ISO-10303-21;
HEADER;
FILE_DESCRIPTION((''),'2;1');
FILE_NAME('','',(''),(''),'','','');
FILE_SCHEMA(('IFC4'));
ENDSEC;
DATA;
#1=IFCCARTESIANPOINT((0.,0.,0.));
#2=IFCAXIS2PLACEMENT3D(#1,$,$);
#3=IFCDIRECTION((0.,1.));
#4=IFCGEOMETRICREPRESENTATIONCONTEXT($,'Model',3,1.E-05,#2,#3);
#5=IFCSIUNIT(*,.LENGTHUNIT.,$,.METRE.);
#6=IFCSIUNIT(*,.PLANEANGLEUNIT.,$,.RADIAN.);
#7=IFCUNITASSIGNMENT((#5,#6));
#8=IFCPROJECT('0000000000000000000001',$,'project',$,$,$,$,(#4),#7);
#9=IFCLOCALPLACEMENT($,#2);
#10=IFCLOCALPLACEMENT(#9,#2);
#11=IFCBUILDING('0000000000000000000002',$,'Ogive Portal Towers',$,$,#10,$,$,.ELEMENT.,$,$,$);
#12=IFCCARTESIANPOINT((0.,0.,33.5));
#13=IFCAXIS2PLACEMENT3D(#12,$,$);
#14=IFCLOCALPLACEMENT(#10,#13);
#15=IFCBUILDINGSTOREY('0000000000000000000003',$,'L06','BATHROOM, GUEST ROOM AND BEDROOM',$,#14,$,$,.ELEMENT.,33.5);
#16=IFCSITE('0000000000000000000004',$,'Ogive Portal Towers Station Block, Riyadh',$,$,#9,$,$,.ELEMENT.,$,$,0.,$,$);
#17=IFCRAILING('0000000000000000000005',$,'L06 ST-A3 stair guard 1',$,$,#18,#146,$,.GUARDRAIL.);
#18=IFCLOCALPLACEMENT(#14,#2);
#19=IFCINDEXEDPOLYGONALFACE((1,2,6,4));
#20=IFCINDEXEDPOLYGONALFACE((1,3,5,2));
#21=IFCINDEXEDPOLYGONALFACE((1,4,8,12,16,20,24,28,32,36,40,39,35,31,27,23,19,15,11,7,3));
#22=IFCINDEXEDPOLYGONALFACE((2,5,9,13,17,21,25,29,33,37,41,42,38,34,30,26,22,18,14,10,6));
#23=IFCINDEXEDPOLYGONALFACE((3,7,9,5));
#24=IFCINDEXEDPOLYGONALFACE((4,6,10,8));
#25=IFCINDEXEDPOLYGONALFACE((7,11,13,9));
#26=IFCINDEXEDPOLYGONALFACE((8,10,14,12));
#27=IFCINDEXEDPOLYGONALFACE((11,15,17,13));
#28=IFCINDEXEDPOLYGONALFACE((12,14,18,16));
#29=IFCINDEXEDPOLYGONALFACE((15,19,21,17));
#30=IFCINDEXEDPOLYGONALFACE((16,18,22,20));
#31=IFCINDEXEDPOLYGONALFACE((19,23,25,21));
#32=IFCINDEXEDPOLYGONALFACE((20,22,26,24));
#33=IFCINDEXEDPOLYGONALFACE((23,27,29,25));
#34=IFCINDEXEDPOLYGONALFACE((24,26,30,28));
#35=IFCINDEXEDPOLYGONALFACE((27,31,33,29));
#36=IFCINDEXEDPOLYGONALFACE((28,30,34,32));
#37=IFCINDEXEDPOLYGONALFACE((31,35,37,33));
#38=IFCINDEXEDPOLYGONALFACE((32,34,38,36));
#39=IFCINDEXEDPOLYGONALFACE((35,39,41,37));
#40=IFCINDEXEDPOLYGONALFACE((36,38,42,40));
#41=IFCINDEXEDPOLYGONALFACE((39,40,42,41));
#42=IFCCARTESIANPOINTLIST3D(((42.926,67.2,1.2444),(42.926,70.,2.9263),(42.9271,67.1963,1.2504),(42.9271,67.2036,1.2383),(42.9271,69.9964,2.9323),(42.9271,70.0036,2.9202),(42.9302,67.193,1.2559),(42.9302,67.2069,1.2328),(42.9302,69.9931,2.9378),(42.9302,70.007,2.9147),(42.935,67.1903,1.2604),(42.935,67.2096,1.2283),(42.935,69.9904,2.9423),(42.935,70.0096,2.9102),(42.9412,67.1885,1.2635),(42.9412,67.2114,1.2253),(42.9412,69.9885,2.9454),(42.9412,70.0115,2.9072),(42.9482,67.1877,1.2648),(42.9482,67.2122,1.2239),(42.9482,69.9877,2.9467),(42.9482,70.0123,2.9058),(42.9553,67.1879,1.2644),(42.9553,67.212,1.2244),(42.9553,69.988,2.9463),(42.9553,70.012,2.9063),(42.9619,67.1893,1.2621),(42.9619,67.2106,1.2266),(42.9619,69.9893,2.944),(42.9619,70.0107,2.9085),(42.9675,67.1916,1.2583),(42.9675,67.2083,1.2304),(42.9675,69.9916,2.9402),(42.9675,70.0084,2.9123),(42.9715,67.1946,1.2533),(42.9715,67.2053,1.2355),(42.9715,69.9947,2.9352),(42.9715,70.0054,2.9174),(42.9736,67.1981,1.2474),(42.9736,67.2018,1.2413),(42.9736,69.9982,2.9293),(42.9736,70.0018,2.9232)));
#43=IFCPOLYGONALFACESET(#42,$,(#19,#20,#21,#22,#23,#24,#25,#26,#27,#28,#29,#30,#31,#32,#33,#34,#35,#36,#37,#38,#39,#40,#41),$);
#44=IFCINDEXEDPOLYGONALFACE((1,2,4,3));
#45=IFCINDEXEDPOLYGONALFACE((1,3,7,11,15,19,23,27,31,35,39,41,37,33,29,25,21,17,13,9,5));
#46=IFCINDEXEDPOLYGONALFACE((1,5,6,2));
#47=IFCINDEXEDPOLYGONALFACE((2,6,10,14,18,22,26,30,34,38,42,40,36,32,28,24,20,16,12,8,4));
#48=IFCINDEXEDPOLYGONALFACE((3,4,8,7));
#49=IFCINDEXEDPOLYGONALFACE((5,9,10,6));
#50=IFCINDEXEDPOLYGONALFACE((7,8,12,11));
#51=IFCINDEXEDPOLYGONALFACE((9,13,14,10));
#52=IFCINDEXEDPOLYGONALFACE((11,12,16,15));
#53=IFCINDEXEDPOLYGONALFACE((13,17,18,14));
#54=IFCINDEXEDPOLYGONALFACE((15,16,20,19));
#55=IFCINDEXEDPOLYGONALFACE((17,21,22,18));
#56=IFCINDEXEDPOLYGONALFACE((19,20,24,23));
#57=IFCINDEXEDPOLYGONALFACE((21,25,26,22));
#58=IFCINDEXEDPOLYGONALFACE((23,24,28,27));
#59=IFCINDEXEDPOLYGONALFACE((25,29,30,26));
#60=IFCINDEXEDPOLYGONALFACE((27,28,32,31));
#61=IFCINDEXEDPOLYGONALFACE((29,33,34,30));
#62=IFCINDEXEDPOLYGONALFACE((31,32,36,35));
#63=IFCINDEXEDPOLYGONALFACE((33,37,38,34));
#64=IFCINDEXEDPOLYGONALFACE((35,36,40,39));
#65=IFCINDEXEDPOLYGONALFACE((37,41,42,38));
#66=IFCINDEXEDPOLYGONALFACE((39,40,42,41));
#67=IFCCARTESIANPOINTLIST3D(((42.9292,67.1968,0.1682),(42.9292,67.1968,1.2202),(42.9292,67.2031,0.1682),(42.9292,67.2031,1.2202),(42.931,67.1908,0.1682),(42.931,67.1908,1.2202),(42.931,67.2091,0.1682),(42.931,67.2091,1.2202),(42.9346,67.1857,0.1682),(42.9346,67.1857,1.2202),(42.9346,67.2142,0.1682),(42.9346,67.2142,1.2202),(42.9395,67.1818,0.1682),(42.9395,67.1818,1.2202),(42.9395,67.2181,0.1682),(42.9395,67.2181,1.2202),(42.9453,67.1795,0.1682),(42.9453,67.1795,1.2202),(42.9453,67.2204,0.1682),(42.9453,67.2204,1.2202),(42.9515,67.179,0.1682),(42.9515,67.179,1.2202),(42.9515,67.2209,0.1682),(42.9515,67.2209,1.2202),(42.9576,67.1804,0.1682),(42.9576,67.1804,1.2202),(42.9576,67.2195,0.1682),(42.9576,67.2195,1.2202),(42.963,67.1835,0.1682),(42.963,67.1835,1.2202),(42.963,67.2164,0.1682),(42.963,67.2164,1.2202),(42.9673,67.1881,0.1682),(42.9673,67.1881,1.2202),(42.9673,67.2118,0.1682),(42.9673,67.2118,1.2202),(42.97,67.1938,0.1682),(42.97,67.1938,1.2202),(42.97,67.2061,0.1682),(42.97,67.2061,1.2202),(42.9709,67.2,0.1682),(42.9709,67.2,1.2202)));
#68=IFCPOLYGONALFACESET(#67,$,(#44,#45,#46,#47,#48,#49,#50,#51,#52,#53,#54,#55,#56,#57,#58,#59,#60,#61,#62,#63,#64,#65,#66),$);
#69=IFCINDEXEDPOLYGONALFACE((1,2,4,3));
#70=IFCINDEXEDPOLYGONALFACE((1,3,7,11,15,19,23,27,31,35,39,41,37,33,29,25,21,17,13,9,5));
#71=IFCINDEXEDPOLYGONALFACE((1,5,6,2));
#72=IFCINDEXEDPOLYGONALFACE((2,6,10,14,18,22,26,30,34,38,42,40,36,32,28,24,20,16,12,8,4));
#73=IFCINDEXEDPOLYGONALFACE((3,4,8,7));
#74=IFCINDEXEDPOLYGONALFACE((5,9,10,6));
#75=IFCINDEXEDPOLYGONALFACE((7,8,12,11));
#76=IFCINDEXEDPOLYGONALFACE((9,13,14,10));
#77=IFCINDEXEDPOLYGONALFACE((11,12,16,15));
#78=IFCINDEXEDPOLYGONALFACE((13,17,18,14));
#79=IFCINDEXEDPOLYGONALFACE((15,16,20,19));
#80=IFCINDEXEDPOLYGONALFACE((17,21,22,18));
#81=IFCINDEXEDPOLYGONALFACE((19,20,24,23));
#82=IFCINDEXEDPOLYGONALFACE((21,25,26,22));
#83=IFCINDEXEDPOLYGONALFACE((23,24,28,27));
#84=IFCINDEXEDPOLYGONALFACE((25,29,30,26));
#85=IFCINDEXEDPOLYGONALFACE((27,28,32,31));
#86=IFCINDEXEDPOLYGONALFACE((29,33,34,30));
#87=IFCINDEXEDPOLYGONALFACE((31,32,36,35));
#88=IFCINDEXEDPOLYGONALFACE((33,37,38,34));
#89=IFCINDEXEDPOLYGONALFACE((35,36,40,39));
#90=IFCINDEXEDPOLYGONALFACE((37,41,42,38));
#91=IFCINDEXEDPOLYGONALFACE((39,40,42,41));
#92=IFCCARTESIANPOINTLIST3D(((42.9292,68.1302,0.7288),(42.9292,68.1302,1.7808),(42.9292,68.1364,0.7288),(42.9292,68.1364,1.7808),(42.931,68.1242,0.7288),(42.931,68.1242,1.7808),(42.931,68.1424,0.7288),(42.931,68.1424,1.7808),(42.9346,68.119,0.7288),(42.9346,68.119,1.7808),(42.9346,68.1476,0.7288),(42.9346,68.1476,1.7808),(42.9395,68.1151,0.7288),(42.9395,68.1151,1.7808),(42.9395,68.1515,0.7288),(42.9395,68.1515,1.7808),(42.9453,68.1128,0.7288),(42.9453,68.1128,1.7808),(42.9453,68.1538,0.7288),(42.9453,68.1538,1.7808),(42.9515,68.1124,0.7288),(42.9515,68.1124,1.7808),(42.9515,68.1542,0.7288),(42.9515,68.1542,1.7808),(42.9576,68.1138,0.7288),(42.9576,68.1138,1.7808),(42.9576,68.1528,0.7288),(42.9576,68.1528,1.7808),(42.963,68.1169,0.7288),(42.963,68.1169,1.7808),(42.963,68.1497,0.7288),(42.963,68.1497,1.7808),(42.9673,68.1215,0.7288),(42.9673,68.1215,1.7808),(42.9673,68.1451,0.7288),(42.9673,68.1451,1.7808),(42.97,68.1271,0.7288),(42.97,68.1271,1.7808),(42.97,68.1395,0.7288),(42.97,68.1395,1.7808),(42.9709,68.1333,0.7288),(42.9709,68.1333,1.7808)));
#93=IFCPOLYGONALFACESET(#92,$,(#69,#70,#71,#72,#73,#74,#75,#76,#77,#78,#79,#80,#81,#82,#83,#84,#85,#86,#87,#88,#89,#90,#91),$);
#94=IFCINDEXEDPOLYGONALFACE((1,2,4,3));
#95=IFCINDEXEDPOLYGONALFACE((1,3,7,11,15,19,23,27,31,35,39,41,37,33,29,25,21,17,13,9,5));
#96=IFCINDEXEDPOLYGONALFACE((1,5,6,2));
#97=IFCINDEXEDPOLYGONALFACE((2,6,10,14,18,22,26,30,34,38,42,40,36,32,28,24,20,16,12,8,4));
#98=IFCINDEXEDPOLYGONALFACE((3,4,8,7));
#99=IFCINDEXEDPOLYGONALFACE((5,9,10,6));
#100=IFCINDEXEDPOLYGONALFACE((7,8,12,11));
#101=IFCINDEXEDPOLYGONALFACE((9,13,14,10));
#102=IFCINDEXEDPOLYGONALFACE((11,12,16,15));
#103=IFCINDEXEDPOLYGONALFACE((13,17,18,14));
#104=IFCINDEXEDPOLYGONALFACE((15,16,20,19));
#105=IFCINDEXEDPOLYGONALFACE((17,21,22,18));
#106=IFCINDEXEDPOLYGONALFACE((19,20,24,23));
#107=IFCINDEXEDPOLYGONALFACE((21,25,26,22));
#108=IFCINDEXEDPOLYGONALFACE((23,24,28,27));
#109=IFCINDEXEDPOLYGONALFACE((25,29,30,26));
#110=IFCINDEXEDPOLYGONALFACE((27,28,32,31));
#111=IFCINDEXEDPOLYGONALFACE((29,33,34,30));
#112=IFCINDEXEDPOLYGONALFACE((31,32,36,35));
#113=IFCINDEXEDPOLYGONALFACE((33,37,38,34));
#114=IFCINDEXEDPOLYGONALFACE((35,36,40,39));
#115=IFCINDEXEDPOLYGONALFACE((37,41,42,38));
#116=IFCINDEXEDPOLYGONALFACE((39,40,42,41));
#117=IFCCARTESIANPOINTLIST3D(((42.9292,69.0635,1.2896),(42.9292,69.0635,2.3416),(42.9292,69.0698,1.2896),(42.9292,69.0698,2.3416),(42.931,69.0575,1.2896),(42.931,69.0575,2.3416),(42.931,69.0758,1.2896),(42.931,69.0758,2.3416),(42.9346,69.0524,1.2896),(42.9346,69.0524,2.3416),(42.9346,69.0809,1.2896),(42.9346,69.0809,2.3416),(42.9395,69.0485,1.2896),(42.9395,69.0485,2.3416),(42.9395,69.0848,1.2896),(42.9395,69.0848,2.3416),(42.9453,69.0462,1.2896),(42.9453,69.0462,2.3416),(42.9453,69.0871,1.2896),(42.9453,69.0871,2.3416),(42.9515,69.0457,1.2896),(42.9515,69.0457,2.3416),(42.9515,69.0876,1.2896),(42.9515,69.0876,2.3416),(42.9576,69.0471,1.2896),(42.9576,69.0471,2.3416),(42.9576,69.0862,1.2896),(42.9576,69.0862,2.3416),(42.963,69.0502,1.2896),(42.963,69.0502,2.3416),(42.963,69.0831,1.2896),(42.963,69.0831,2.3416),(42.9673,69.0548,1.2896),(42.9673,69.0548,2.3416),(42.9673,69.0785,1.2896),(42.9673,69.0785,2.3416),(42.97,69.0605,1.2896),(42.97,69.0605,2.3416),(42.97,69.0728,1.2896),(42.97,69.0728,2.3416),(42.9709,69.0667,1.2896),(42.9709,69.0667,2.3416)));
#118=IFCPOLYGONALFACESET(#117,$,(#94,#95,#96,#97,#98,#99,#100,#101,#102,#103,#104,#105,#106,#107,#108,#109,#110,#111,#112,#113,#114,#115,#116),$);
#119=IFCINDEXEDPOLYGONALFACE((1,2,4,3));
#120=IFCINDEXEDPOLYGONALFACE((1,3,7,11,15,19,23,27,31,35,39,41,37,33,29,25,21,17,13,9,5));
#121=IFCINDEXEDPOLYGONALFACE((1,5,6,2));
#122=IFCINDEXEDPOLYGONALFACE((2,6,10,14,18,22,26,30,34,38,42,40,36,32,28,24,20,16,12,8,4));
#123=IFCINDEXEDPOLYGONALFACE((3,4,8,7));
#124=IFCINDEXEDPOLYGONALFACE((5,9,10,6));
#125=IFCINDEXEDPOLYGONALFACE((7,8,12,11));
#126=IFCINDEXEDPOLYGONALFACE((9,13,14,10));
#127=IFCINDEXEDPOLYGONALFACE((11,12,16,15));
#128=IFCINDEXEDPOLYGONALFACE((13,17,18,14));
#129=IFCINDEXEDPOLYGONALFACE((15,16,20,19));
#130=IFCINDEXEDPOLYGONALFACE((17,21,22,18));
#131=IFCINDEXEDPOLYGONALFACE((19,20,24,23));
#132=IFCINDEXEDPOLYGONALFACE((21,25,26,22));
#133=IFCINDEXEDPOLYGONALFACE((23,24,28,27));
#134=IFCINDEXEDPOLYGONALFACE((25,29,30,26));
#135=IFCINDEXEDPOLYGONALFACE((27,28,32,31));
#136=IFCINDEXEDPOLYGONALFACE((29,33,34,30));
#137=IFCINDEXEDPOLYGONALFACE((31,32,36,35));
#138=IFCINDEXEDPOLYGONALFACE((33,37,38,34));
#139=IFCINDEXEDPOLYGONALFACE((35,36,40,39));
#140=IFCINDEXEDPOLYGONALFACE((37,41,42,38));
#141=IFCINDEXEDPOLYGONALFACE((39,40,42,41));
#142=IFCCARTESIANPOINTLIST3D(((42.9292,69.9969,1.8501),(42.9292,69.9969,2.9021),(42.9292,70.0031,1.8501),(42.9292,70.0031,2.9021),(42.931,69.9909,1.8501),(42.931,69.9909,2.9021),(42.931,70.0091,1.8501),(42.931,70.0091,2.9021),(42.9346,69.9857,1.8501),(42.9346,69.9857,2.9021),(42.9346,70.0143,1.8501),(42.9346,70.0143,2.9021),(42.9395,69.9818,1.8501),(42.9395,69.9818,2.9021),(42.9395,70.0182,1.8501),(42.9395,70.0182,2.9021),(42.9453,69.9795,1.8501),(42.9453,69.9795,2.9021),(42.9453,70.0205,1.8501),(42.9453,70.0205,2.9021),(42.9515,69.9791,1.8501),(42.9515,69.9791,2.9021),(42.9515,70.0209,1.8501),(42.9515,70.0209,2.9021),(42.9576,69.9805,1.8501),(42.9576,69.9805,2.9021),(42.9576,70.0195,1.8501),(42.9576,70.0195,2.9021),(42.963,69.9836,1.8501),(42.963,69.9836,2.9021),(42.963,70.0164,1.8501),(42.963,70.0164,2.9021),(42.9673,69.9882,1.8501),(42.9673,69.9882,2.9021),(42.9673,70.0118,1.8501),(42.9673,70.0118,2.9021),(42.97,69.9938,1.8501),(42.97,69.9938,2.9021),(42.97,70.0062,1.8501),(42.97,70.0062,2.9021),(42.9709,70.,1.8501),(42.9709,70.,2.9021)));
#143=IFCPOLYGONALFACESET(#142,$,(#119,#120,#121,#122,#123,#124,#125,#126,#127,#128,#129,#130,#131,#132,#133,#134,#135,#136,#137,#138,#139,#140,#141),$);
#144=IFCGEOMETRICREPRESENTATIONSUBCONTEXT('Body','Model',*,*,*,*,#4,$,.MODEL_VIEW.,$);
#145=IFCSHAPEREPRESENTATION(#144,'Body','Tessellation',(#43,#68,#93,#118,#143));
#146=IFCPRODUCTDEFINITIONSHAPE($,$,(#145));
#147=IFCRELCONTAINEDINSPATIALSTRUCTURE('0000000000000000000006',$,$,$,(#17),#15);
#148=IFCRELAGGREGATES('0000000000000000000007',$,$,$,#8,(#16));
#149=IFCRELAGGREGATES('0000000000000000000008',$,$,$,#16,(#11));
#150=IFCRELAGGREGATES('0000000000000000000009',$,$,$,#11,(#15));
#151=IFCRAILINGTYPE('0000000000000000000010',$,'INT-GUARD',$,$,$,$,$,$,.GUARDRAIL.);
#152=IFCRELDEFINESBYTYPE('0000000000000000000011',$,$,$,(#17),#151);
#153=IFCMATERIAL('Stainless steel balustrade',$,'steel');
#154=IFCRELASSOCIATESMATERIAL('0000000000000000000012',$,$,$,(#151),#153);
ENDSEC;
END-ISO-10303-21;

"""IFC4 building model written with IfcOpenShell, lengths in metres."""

from ifc_helpers import new_model, si_unit, direction, frame, origin, origin_2d, place, context, subcontext, project, spatial, circle, extrude, material, type_object, element, save


model = new_model("IFC4")

# Units and contexts
model_context = context("Model", 3, precision=1e-05, world=origin(), true_north=direction((0.0, 1.0)))
body_context = subcontext(model_context, "Body", "Model", "MODEL_VIEW")
ifc_project = project(units=[si_unit("LENGTHUNIT", "METRE"), si_unit("PLANEANGLEUNIT", "RADIAN")], contexts=[model_context])

# Site, building, storey
site_placement = place(None, origin())
site = spatial("IfcSite", under=ifc_project, at=site_placement, Name="Ogive Portal Towers Station Block, Riyadh", CompositionType="ELEMENT", RefElevation=0.0)
building_placement = place(site_placement, origin())
building = spatial("IfcBuilding", under=site, at=building_placement, Name="Ogive Portal Towers", CompositionType="ELEMENT")
storey_placement = place(building_placement, frame((0.0, 0.0, 33.5)))
storey = spatial("IfcBuildingStorey", under=building, at=storey_placement, Name="L06", Description="BATHROOM, GUEST ROOM AND BEDROOM", CompositionType="ELEMENT", Elevation=33.5)

# Railing
ifc_material_1 = material(Name="Stainless steel balustrade", Category="steel")
railing_type_1 = type_object("IfcRailingType", Name="INT-GUARD", PredefinedType="GUARDRAIL", material=ifc_material_1)
railing_1_placement = place(storey_placement, frame((42.95, 67.2, 0.1682)))
element("IfcRailing", 1, at=railing_1_placement, inside=storey, type_object=railing_type_1, Name="L06 ST-A3 stair guard 1", PredefinedType="GUARDRAIL", context=body_context, shape_type="SweptSolid", body=[
    extrude(circle(Radius=0.0239, at=origin_2d()), frame((0.0, 0.0, 1.0762), z_axis=(0.0, 0.857242, 0.514913), x_axis=(-1.0, 0.0, 0.0)), (0.0, 0.0, 1.0), 3.2664),
    extrude(circle(Radius=0.021, at=origin_2d()), origin(), (0.0, 0.0, 1.0), 1.052),
    extrude(circle(Radius=0.021, at=origin_2d()), frame((0.0, 0.9333, 0.5605)), (0.0, 0.0, 1.0), 1.052),
    extrude(circle(Radius=0.021, at=origin_2d()), frame((0.0, 1.8667, 1.1213)), (0.0, 0.0, 1.0), 1.052),
    extrude(circle(Radius=0.021, at=origin_2d()), frame((0.0, 2.8, 1.6819)), (0.0, 0.0, 1.0), 1.052),
])

save(model, "model.ifc")
